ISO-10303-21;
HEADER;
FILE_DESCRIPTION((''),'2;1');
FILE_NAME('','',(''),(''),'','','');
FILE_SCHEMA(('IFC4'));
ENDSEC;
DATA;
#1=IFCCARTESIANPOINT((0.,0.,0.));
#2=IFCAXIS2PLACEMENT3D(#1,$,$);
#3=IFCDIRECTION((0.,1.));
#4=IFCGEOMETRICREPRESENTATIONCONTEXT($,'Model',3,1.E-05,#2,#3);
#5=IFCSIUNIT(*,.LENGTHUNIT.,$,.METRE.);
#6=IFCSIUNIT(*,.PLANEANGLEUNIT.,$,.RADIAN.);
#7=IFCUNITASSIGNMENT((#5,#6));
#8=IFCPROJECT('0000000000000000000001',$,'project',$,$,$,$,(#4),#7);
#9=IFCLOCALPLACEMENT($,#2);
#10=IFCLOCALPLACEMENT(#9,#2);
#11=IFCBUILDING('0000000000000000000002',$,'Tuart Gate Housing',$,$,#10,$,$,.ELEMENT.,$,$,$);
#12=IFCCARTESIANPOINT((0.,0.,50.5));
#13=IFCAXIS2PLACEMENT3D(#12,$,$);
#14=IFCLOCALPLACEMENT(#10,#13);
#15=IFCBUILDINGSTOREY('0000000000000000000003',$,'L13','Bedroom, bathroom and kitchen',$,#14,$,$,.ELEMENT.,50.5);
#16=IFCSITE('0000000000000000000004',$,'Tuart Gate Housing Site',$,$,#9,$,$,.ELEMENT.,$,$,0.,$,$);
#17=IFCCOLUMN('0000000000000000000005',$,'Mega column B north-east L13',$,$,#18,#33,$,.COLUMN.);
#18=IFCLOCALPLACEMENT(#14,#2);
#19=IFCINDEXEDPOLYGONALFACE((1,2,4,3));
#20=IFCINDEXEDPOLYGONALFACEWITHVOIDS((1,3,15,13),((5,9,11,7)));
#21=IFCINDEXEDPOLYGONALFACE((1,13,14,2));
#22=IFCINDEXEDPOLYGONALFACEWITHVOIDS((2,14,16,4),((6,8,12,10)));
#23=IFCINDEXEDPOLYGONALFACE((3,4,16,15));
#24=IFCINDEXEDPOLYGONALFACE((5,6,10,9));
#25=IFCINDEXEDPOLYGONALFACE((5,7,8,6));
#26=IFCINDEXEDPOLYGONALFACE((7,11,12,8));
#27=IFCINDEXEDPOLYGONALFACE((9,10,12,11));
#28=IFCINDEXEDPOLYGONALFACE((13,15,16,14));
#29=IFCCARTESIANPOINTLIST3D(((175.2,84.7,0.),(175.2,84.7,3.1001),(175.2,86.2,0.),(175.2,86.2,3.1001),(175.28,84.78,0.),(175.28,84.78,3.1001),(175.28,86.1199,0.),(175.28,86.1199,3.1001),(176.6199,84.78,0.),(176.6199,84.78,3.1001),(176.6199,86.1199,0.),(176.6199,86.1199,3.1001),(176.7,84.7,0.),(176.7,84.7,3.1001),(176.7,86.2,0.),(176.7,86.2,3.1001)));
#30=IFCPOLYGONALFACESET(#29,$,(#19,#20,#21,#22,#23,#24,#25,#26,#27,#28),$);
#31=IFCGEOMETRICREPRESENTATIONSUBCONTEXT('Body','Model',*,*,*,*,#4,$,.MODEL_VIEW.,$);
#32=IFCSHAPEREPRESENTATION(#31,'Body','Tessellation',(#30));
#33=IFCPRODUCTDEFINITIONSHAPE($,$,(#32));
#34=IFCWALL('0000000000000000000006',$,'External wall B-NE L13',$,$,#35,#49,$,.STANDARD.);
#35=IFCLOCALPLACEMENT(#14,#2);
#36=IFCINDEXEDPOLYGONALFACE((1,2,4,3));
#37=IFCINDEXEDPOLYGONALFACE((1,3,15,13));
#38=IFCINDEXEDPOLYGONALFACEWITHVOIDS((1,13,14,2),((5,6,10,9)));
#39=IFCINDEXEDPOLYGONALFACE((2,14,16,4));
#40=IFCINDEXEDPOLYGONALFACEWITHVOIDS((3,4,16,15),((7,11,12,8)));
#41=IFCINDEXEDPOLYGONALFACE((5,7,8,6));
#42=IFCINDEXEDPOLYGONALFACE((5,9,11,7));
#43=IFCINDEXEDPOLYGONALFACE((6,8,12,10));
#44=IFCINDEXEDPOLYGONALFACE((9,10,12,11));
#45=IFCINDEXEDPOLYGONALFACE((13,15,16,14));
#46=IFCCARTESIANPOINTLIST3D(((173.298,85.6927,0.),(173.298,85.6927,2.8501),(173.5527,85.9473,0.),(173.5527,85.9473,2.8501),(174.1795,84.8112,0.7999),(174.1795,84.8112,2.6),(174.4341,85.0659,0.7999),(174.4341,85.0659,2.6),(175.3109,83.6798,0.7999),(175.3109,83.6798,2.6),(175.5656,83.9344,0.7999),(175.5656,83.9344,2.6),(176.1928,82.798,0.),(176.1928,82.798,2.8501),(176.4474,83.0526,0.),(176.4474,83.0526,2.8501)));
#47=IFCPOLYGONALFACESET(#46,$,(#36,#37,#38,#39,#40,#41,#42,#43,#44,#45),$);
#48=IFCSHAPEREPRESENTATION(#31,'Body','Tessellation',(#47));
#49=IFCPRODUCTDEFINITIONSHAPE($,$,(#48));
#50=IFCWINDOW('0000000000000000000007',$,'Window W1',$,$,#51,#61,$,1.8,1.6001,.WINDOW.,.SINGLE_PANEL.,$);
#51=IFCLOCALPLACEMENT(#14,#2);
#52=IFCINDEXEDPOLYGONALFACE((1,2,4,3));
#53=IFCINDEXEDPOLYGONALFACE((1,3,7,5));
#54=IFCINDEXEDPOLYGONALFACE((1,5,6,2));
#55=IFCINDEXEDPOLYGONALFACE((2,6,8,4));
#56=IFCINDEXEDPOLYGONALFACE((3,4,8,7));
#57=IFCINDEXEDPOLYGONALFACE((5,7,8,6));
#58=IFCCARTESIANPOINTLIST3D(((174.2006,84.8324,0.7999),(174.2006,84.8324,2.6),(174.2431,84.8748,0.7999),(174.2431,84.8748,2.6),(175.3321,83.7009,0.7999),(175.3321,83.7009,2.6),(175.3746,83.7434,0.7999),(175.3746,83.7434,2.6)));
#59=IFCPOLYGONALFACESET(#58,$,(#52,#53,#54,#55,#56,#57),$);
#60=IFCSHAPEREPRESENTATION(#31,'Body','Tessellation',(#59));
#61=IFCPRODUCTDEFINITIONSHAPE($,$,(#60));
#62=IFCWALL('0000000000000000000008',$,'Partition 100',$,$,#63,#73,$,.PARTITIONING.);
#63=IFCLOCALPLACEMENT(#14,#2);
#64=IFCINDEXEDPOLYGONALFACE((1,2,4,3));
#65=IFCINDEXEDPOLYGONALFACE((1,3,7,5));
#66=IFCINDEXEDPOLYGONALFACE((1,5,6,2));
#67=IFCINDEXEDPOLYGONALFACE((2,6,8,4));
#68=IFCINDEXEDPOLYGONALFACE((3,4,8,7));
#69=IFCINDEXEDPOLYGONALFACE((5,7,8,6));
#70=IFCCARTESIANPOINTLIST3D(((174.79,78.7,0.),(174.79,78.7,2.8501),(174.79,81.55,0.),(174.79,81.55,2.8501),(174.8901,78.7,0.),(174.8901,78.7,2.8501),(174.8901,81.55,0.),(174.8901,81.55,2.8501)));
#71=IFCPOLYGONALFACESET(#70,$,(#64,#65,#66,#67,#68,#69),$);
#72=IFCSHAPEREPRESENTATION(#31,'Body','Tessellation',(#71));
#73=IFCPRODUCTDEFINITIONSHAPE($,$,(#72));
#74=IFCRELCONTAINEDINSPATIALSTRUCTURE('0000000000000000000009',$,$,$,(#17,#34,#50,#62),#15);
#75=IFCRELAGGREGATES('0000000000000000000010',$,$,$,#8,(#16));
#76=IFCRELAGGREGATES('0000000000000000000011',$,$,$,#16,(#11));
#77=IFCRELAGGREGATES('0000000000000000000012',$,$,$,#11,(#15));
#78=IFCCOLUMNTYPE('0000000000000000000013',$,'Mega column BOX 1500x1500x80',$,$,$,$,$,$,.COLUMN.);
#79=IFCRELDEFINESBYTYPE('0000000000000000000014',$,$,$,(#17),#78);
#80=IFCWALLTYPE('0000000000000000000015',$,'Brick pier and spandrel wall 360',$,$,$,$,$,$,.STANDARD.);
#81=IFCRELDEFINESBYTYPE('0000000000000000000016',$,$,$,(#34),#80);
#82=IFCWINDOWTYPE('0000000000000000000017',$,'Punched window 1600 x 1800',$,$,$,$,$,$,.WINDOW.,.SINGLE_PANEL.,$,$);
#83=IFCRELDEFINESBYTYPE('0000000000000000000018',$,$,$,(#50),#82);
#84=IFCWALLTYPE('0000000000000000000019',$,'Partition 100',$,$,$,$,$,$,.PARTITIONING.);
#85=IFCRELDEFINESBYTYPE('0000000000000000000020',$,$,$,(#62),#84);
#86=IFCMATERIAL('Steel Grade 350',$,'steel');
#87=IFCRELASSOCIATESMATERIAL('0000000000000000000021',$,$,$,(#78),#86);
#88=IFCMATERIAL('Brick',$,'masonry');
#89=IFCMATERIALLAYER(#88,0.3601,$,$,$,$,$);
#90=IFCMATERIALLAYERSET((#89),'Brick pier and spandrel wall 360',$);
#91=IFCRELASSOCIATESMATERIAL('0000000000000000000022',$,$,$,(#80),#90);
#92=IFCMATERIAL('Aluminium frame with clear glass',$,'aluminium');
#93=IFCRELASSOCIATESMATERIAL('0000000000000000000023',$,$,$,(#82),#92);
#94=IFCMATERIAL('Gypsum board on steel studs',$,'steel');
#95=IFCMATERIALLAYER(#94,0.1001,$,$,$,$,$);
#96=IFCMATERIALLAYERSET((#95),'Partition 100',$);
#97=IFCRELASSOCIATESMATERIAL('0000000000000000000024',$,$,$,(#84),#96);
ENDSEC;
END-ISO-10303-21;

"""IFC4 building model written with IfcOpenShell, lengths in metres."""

from ifc_helpers import new_model, si_unit, direction, frame, frame_2d, origin, origin_2d, place, context, subcontext, project, spatial, rectangle, hollow_rectangle, extrude, material, layer, layer_set, material_profile, profile_set, type_object, element, fill, save


model = new_model("IFC4")

# Units and contexts
model_context = context("Model", 3, precision=1e-05, world=origin(), true_north=direction((0.0, 1.0)))
body_context = subcontext(model_context, "Body", "Model", "MODEL_VIEW")
ifc_project = project(units=[si_unit("LENGTHUNIT", "METRE"), si_unit("PLANEANGLEUNIT", "RADIAN")], contexts=[model_context])

# Site, building, storey
site_placement = place(None, origin())
site = spatial("IfcSite", under=ifc_project, at=site_placement, Name="Tuart Gate Housing Site", CompositionType="ELEMENT", RefElevation=0.0)
building_placement = place(site_placement, origin())
building = spatial("IfcBuilding", under=site, at=building_placement, Name="Tuart Gate Housing", CompositionType="ELEMENT")
storey_placement = place(building_placement, frame((0.0, 0.0, 50.5)))
storey = spatial("IfcBuildingStorey", under=building, at=storey_placement, Name="L13", Description="Bedroom, bathroom and kitchen", CompositionType="ELEMENT", Elevation=50.5)

# Column
ifc_material_1 = material(Name="Steel Grade 350", Category="steel")
ifc_material_profile = material_profile(ifc_material_1, hollow_rectangle(XDim=1.5, YDim=1.5, WallThickness=0.0801, at=origin_2d()), Name="BOX 1500x1500x80")
ifc_profile_set = profile_set([ifc_material_profile], Name="Steel Grade 350")
column_type = type_object("IfcColumnType", Name="Mega column BOX 1500x1500x80", PredefinedType="COLUMN", material=ifc_profile_set)
column_placement = place(storey_placement, frame((175.95, 85.45, 0.0), z_axis=(0.0, 0.0, 1.0), x_axis=(1.0, 0.0, 0.0)))
element("IfcColumn", 1, at=column_placement, inside=storey, type_object=column_type, Name="Mega column B north-east L13", PredefinedType="COLUMN", context=body_context, shape_type="SweptSolid", body=[
    extrude(hollow_rectangle(XDim=1.5, YDim=1.5, WallThickness=0.0801, at=origin_2d()), origin(), (0.0, 0.0, 1.0), 3.1001),
])

# Wall, opening, window
ifc_material_2 = material(Name="Brick", Category="masonry")
ifc_layer_1 = layer(ifc_material_2, 0.3601)
ifc_layer_set_1 = layer_set([ifc_layer_1], Name="Brick pier and spandrel wall 360")
wall_type_1 = type_object("IfcWallType", Name="Brick pier and spandrel wall 360", PredefinedType="STANDARD", material=ifc_layer_set_1)
wall_1_placement = place(storey_placement, frame((176.3201, 82.9253, 0.0), z_axis=(0.0, 0.0, 1.0), x_axis=(-0.707107, 0.707107, 0.0)))
wall_1 = element("IfcWall", 2, at=wall_1_placement, inside=storey, type_object=wall_type_1, Name="External wall B-NE L13", PredefinedType="STANDARD", context=body_context, shape_type="SweptSolid", body=[
    extrude(rectangle(XDim=4.0938, YDim=0.3601, at=frame_2d((2.0469, 0.0))), origin(), (0.0, 0.0, 1.0), 2.8501),
])
opening_1_placement = place(wall_1_placement, frame((1.2471, 0.0, 0.8)))
opening_1 = element("IfcOpeningElement", 3, at=opening_1_placement, cuts=wall_1, PredefinedType="OPENING", context=body_context, shape_type="SweptSolid", body=[
    extrude(rectangle(XDim=1.6001, YDim=1.8, at=frame_2d((0.8, 0.8999))), frame((0.0, 0.1899, 0.0), z_axis=(0.0, -1.0, 0.0), x_axis=(1.0, 0.0, 0.0)), (0.0, 0.0, 1.0), 0.3801),
])
ifc_material_3 = material(Name="Aluminium frame with clear glass", Category="aluminium")
window_type_1 = type_object("IfcWindowType", Name="Punched window 1600 x 1800", PartitioningType="SINGLE_PANEL", PredefinedType="WINDOW", material=ifc_material_3)
window_1_placement = place(opening_1_placement, origin())
window_1 = element("IfcWindow", 4, at=window_1_placement, inside=storey, type_object=window_type_1, Name="Window W1", OverallHeight=1.8, OverallWidth=1.6001, PartitioningType="SINGLE_PANEL", PredefinedType="WINDOW", context=body_context, shape_type="SweptSolid", body=[
    extrude(rectangle(XDim=1.6001, YDim=1.8, at=frame_2d((0.8, 0.8999))), frame((0.0, 0.1501, 0.0), z_axis=(0.0, -1.0, 0.0), x_axis=(1.0, 0.0, 0.0)), (0.0, 0.0, 1.0), 0.0601),
])
fill(opening_1, window_1)

# Wall
ifc_material_4 = material(Name="Gypsum board on steel studs", Category="steel")
ifc_layer_2 = layer(ifc_material_4, 0.1001)
ifc_layer_set_2 = layer_set([ifc_layer_2], Name="Partition 100")
wall_type_2 = type_object("IfcWallType", Name="Partition 100", PredefinedType="PARTITIONING", material=ifc_layer_set_2)
wall_2_placement = place(storey_placement, frame((174.8401, 78.7, 0.0), z_axis=(0.0, 0.0, 1.0), x_axis=(0.0, 1.0, 0.0)))
element("IfcWall", 5, at=wall_2_placement, inside=storey, type_object=wall_type_2, Name="Partition 100", PredefinedType="PARTITIONING", context=body_context, shape_type="SweptSolid", body=[
    extrude(rectangle(XDim=2.8501, YDim=0.1001, at=frame_2d((1.425, 0.0))), origin(), (0.0, 0.0, 1.0), 2.8501),
])

save(model, "model.ifc")
